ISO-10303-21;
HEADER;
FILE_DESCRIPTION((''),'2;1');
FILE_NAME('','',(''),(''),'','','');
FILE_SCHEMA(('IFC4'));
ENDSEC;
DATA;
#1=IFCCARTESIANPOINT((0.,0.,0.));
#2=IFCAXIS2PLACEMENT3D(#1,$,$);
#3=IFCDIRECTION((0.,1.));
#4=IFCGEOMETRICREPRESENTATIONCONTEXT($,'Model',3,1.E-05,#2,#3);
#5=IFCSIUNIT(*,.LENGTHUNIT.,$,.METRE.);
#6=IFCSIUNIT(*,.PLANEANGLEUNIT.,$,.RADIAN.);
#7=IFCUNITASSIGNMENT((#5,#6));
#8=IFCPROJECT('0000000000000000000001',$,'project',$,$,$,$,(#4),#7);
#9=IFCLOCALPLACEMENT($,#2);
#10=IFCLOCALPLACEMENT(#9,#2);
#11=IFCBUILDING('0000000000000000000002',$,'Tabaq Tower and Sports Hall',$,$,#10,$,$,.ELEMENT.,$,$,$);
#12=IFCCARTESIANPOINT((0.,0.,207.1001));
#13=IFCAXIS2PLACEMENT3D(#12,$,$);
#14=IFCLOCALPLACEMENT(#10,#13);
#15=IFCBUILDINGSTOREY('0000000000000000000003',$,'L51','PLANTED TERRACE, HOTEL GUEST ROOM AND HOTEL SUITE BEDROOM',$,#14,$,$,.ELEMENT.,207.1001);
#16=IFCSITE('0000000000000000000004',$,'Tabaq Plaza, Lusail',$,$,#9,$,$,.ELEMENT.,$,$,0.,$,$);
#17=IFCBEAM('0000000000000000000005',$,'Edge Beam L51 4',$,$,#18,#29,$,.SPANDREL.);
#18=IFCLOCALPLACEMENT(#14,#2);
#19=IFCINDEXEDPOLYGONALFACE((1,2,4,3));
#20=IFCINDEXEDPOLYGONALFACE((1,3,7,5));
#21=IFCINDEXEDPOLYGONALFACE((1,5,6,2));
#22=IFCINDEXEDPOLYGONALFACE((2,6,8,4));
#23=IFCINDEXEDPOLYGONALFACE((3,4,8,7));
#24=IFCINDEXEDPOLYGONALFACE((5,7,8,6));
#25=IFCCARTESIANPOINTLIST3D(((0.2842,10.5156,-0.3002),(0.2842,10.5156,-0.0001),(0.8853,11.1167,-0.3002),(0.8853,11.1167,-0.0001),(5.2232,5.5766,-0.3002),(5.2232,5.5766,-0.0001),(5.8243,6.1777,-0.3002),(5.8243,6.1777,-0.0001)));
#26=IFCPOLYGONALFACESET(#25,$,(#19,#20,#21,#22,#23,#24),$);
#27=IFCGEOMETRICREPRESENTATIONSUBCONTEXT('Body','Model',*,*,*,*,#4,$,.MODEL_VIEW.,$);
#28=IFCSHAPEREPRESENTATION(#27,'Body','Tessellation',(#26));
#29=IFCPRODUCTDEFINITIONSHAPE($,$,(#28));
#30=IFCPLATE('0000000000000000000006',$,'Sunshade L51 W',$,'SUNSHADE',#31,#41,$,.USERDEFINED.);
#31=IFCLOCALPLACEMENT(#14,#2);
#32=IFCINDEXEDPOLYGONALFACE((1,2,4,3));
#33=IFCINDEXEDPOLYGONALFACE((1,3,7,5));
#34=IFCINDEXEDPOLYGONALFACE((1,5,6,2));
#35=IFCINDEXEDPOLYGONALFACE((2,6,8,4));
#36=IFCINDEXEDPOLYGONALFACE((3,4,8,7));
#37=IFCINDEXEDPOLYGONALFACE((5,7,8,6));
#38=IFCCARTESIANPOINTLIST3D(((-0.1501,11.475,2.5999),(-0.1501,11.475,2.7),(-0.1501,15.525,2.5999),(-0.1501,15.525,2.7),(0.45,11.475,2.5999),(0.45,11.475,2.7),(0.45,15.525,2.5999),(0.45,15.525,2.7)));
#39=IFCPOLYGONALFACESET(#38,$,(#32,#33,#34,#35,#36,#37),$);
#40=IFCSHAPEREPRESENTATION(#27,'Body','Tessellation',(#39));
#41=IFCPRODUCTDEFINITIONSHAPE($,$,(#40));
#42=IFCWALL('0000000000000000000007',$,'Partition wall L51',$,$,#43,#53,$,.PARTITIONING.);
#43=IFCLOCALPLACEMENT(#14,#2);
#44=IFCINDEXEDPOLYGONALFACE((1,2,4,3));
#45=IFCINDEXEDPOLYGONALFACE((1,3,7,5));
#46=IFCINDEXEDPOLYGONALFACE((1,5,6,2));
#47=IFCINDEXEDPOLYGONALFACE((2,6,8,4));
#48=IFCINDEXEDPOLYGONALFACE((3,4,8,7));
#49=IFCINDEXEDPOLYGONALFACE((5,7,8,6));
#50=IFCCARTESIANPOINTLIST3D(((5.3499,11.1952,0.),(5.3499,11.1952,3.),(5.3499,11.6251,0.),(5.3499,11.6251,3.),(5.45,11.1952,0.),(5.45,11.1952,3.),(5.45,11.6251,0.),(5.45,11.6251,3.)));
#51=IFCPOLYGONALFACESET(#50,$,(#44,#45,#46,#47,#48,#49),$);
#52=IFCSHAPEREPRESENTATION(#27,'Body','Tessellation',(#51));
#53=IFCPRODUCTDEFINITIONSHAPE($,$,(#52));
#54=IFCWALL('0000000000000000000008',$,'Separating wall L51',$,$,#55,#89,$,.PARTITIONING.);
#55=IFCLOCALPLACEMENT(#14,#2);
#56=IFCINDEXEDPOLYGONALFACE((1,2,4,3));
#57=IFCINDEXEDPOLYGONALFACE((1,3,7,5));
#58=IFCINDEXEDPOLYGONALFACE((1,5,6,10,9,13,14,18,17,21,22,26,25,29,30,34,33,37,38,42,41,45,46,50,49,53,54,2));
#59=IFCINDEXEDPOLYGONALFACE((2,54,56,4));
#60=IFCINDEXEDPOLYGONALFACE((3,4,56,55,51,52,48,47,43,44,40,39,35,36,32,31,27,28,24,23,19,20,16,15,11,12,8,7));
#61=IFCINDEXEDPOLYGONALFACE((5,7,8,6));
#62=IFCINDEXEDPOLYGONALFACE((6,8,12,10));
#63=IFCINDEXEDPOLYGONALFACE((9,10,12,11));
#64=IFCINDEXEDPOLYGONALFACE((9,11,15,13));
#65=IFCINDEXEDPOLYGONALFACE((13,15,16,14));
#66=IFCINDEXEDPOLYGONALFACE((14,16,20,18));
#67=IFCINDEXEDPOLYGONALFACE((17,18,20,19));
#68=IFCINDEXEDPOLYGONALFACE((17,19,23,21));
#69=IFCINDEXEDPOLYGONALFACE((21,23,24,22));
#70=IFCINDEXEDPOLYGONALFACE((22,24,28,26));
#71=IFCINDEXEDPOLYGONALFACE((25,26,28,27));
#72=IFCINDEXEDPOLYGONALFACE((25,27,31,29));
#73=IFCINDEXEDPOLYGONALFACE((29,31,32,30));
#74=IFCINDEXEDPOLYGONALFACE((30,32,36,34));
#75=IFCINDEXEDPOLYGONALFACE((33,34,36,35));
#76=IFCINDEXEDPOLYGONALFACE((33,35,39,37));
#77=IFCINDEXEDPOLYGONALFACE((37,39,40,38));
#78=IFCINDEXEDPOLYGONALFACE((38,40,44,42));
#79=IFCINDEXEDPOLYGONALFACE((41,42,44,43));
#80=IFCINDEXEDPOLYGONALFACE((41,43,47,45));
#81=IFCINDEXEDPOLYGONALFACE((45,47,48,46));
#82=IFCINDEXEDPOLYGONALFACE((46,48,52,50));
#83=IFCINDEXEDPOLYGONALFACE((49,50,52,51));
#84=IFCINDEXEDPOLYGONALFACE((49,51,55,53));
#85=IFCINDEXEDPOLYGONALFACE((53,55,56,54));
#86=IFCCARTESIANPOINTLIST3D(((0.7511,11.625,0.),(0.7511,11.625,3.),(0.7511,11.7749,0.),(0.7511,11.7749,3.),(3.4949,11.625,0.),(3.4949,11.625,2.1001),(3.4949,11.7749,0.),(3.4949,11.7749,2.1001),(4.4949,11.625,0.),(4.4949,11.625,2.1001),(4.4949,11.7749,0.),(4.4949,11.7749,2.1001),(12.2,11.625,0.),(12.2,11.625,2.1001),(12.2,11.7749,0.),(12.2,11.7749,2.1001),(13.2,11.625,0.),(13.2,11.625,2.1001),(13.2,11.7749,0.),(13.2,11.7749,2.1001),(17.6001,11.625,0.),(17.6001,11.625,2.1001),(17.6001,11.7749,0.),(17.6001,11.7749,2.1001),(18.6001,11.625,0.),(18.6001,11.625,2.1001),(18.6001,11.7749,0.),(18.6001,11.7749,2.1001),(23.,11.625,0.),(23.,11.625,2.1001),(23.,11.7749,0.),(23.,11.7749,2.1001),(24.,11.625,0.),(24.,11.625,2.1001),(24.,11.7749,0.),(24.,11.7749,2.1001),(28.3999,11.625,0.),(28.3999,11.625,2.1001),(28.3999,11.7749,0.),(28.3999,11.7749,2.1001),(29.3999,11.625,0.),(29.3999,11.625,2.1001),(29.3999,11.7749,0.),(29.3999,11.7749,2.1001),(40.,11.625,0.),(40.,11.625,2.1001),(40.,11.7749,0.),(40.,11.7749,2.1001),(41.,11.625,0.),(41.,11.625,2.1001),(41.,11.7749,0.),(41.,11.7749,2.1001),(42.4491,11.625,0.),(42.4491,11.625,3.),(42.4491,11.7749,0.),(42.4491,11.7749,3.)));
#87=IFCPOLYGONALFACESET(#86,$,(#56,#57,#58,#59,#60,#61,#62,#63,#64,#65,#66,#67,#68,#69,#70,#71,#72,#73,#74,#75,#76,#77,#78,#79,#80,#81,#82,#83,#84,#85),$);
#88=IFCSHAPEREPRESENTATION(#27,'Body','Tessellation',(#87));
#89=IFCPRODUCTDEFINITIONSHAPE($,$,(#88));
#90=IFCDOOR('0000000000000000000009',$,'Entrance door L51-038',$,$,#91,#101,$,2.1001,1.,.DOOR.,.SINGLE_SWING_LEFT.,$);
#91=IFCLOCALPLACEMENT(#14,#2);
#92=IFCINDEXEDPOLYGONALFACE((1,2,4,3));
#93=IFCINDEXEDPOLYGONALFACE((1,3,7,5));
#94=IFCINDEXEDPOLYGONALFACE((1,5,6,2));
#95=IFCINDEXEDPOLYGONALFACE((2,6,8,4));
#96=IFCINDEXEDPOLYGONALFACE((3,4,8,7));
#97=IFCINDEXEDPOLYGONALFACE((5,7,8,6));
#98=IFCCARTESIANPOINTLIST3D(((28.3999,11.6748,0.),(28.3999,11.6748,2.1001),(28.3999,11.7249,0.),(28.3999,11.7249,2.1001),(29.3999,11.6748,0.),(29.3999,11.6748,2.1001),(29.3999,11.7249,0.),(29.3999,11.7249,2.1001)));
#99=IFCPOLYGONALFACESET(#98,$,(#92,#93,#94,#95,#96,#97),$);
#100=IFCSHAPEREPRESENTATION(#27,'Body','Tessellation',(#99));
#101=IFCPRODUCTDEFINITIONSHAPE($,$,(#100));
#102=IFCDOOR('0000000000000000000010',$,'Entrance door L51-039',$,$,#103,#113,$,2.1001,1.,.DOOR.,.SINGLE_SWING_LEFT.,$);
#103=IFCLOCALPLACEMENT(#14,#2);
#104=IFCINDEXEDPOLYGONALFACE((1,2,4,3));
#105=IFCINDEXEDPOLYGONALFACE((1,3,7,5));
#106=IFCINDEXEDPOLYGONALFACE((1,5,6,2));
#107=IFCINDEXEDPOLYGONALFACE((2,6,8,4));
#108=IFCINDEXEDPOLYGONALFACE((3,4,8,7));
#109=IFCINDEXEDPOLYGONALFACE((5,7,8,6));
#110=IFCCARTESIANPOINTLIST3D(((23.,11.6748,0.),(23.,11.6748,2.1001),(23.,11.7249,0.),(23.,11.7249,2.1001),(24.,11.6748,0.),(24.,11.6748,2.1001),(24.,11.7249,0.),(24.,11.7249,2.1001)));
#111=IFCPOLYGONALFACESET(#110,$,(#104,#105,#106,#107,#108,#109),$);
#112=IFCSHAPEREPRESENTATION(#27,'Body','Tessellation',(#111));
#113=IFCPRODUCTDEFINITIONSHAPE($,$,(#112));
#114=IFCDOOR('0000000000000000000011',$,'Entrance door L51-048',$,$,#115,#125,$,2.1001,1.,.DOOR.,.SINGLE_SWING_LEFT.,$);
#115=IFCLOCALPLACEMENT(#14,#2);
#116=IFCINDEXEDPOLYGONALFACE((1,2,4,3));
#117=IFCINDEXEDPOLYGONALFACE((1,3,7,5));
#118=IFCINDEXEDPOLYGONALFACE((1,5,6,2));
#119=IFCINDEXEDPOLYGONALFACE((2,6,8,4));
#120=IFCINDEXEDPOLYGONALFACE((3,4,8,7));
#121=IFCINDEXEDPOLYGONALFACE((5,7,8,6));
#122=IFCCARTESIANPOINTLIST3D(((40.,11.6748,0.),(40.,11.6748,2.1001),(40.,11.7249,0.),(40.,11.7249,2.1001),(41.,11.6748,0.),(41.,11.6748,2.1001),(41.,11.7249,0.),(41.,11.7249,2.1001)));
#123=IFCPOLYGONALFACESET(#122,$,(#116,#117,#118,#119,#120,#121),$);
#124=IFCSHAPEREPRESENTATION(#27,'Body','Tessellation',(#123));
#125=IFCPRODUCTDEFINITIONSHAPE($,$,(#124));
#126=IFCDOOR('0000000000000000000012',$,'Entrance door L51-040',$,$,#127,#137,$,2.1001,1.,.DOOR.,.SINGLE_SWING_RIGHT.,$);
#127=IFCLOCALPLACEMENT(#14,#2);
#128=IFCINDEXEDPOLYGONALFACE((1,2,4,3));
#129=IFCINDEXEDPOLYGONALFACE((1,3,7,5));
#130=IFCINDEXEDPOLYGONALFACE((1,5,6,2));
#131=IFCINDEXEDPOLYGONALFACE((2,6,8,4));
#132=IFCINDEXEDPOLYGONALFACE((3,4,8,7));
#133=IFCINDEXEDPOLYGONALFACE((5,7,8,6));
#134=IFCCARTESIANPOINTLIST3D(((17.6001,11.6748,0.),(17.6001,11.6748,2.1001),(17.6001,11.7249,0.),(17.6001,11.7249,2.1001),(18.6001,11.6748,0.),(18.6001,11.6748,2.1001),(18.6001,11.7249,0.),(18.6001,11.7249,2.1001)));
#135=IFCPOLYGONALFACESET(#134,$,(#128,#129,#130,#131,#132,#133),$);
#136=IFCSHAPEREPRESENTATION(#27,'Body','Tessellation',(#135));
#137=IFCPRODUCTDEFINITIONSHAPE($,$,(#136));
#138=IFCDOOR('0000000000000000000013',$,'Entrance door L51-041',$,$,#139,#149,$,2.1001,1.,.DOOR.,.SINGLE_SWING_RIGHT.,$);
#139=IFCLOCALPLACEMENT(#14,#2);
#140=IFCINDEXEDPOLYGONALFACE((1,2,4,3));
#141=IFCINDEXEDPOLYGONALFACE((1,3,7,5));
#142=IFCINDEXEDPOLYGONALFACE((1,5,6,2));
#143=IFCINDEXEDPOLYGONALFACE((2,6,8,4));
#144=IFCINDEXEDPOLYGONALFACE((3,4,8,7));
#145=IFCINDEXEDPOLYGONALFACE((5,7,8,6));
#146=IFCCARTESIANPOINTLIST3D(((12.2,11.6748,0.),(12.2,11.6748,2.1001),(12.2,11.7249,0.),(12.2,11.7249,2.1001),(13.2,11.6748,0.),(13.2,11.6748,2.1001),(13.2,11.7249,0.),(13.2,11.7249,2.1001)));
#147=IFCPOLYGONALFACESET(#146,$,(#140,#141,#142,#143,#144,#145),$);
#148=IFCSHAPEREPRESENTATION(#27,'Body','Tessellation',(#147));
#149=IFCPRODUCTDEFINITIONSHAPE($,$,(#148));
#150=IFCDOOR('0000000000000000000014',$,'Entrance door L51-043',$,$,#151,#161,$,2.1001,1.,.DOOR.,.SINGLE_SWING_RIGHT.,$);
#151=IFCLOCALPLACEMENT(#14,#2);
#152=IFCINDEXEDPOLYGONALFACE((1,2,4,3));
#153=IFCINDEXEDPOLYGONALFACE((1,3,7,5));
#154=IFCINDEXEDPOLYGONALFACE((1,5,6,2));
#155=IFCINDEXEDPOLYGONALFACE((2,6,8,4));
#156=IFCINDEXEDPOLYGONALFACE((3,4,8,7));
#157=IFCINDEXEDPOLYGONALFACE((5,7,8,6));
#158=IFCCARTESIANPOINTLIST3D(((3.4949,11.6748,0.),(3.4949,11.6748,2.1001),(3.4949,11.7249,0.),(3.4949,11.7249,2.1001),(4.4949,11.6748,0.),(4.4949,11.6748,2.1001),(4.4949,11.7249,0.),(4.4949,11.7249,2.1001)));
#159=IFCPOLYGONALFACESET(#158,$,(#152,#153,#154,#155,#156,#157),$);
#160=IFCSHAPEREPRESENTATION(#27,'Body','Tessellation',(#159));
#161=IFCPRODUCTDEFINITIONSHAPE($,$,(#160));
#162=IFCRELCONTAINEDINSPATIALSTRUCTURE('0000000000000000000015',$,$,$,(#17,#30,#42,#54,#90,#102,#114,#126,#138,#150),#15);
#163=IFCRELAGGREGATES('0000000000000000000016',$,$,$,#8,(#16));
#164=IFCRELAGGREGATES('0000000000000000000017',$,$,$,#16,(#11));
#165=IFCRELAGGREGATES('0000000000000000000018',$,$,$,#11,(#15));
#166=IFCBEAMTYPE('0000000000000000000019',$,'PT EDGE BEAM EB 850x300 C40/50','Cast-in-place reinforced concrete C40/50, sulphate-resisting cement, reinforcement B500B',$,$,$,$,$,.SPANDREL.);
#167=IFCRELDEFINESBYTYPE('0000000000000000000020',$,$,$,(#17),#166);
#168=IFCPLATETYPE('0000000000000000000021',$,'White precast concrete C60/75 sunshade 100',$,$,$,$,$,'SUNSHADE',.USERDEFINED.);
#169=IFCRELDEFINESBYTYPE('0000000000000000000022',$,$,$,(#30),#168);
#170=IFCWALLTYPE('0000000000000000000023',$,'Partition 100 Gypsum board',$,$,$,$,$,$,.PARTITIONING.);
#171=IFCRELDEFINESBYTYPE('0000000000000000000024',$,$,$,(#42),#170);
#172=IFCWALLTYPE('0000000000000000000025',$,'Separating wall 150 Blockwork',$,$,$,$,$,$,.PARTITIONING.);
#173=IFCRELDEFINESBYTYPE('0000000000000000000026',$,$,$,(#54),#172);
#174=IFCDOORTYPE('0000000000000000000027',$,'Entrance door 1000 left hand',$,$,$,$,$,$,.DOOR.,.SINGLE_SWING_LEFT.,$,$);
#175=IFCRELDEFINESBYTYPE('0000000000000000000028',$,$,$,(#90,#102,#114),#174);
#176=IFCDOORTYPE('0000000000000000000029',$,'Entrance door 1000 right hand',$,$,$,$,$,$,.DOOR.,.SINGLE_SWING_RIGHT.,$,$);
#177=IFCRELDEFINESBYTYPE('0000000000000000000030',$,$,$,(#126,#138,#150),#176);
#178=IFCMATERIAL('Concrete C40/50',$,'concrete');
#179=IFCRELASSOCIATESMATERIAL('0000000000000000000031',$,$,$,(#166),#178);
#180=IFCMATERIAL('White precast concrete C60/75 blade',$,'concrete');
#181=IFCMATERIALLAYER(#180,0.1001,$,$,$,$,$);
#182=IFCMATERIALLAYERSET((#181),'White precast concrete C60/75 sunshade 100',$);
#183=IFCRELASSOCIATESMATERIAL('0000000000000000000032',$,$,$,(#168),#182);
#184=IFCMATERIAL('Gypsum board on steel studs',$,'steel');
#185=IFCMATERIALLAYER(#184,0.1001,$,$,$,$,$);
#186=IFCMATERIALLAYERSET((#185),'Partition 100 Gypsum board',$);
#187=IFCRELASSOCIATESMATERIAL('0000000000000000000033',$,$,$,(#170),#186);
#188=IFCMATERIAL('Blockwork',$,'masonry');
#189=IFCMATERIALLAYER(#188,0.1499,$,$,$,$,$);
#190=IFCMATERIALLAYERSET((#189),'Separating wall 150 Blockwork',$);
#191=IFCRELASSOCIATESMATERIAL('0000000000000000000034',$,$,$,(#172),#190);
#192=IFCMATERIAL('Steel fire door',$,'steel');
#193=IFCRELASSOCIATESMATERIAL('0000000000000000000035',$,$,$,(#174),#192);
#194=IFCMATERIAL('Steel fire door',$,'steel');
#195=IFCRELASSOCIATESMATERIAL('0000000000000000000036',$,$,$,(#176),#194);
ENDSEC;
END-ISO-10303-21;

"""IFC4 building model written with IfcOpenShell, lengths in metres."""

from ifc_helpers import new_model, si_unit, direction, frame, frame_2d, origin, origin_2d, place, context, subcontext, project, spatial, rectangle, extrude, material, layer, layer_set, material_profile, profile_set, type_object, element, fill, save


model = new_model("IFC4")

# Units and contexts
model_context = context("Model", 3, precision=1e-05, world=origin(), true_north=direction((0.0, 1.0)))
body_context = subcontext(model_context, "Body", "Model", "MODEL_VIEW")
ifc_project = project(units=[si_unit("LENGTHUNIT", "METRE"), si_unit("PLANEANGLEUNIT", "RADIAN")], contexts=[model_context])

# Site, building, storey
site_placement = place(None, origin())
site = spatial("IfcSite", under=ifc_project, at=site_placement, Name="Tabaq Plaza, Lusail", CompositionType="ELEMENT", RefElevation=0.0)
building_placement = place(site_placement, origin())
building = spatial("IfcBuilding", under=site, at=building_placement, Name="Tabaq Tower and Sports Hall", CompositionType="ELEMENT")
storey_placement = place(building_placement, frame((0.0, 0.0, 207.1001)))
storey = spatial("IfcBuildingStorey", under=building, at=storey_placement, Name="L51", Description="PLANTED TERRACE, HOTEL GUEST ROOM AND HOTEL SUITE BEDROOM", CompositionType="ELEMENT", Elevation=207.1001)

# Beam
ifc_material_1 = material(Name="Concrete C40/50", Category="concrete")
ifc_material_profile = material_profile(ifc_material_1, rectangle(XDim=0.8501, YDim=0.3, at=origin_2d()), Name="EB 850x300")
ifc_profile_set = profile_set([ifc_material_profile], Name="Concrete C40/50")
beam_type = type_object("IfcBeamType", Name="PT EDGE BEAM EB 850x300 C40/50", Description="Cast-in-place reinforced concrete C40/50, sulphate-resisting cement, reinforcement B500B", PredefinedType="SPANDREL", material=ifc_profile_set)
beam_placement = place(storey_placement, frame((0.5847, 10.8162, -0.1501), z_axis=(0.707107, -0.707107, 0.0), x_axis=(0.707107, 0.707107, 0.0)))
element("IfcBeam", 1, at=beam_placement, inside=storey, type_object=beam_type, Name="Edge Beam L51 4", PredefinedType="SPANDREL", context=body_context, shape_type="SweptSolid", body=[
    extrude(rectangle(XDim=0.8501, YDim=0.3, at=origin_2d()), origin(), (0.0, 0.0, 1.0), 6.9849),
])

# Plate
ifc_material_2 = material(Name="White precast concrete C60/75 blade", Category="concrete")
ifc_layer_1 = layer(ifc_material_2, 0.1001)
ifc_layer_set_1 = layer_set([ifc_layer_1], Name="White precast concrete C60/75 sunshade 100")
plate_type = type_object("IfcPlateType", Name="White precast concrete C60/75 sunshade 100", ElementType="SUNSHADE", PredefinedType="USERDEFINED", material=ifc_layer_set_1)
plate_placement = place(storey_placement, frame((0.1499, 13.5, 2.5999), z_axis=(0.0, 0.0, 1.0), x_axis=(0.0, -1.0, 0.0)))
element("IfcPlate", 2, at=plate_placement, inside=storey, type_object=plate_type, Name="Sunshade L51 W", ObjectType="SUNSHADE", PredefinedType="USERDEFINED", context=body_context, shape_type="SweptSolid", body=[
    extrude(rectangle(XDim=4.05, YDim=0.6001, at=origin_2d()), origin(), (0.0, 0.0, 1.0), 0.1001),
])

# Wall
ifc_material_3 = material(Name="Gypsum board on steel studs", Category="steel")
ifc_layer_2 = layer(ifc_material_3, 0.1001)
ifc_layer_set_2 = layer_set([ifc_layer_2], Name="Partition 100 Gypsum board")
wall_type_1 = type_object("IfcWallType", Name="Partition 100 Gypsum board", PredefinedType="PARTITIONING", material=ifc_layer_set_2)
wall_1_placement = place(storey_placement, frame((5.3999, 11.625, 0.0), z_axis=(0.0, 0.0, 1.0), x_axis=(0.0, -1.0, 0.0)))
element("IfcWall", 3, at=wall_1_placement, inside=storey, type_object=wall_type_1, Name="Partition wall L51", PredefinedType="PARTITIONING", context=body_context, shape_type="SweptSolid", body=[
    extrude(rectangle(XDim=0.4299, YDim=0.1001, at=frame_2d((0.2148, 0.0))), origin(), (0.0, 0.0, 1.0), 3.0),
])

# Wall, openings, doors
ifc_material_4 = material(Name="Blockwork", Category="masonry")
ifc_layer_3 = layer(ifc_material_4, 0.1499)
ifc_layer_set_3 = layer_set([ifc_layer_3], Name="Separating wall 150 Blockwork")
wall_type_2 = type_object("IfcWallType", Name="Separating wall 150 Blockwork", PredefinedType="PARTITIONING", material=ifc_layer_set_3)
wall_2_placement = place(storey_placement, frame((0.751, 11.7, 0.0), z_axis=(0.0, 0.0, 1.0), x_axis=(1.0, 0.0, 0.0)))
wall_2 = element("IfcWall", 4, at=wall_2_placement, inside=storey, type_object=wall_type_2, Name="Separating wall L51", PredefinedType="PARTITIONING", context=body_context, shape_type="SweptSolid", body=[
    extrude(rectangle(XDim=41.698, YDim=0.1499, at=frame_2d((20.8491, 0.0))), origin(), (0.0, 0.0, 1.0), 3.0),
])
opening_1_placement = place(wall_2_placement, frame((27.6489, 0.0, 0.0)))
opening_1 = element("IfcOpeningElement", 5, at=opening_1_placement, cuts=wall_2, PredefinedType="OPENING", context=body_context, shape_type="SweptSolid", body=[
    extrude(rectangle(XDim=1.0, YDim=2.1001, at=frame_2d((0.5, 1.05))), frame((0.0, 0.075, 0.0), z_axis=(0.0, -1.0, 0.0), x_axis=(1.0, 0.0, 0.0)), (0.0, 0.0, 1.0), 0.1499),
])
opening_2_placement = place(wall_2_placement, frame((22.249, 0.0, 0.0)))
opening_2 = element("IfcOpeningElement", 6, at=opening_2_placement, cuts=wall_2, PredefinedType="OPENING", context=body_context, shape_type="SweptSolid", body=[
    extrude(rectangle(XDim=1.0, YDim=2.1001, at=frame_2d((0.5, 1.05))), frame((0.0, 0.075, 0.0), z_axis=(0.0, -1.0, 0.0), x_axis=(1.0, 0.0, 0.0)), (0.0, 0.0, 1.0), 0.1499),
])
opening_3_placement = place(wall_2_placement, frame((16.8491, 0.0, 0.0)))
opening_3 = element("IfcOpeningElement", 7, at=opening_3_placement, cuts=wall_2, PredefinedType="OPENING", context=body_context, shape_type="SweptSolid", body=[
    extrude(rectangle(XDim=1.0, YDim=2.1001, at=frame_2d((0.5, 1.05))), frame((0.0, 0.075, 0.0), z_axis=(0.0, -1.0, 0.0), x_axis=(1.0, 0.0, 0.0)), (0.0, 0.0, 1.0), 0.1499),
])
opening_4_placement = place(wall_2_placement, frame((11.449, 0.0, 0.0)))
opening_4 = element("IfcOpeningElement", 8, at=opening_4_placement, cuts=wall_2, PredefinedType="OPENING", context=body_context, shape_type="SweptSolid", body=[
    extrude(rectangle(XDim=1.0, YDim=2.1001, at=frame_2d((0.5, 1.05))), frame((0.0, 0.075, 0.0), z_axis=(0.0, -1.0, 0.0), x_axis=(1.0, 0.0, 0.0)), (0.0, 0.0, 1.0), 0.1499),
])
opening_5_placement = place(wall_2_placement, frame((2.7439, 0.0, 0.0)))
opening_5 = element("IfcOpeningElement", 9, at=opening_5_placement, cuts=wall_2, PredefinedType="OPENING", context=body_context, shape_type="SweptSolid", body=[
    extrude(rectangle(XDim=1.0, YDim=2.1001, at=frame_2d((0.5, 1.05))), frame((0.0, 0.075, 0.0), z_axis=(0.0, -1.0, 0.0), x_axis=(1.0, 0.0, 0.0)), (0.0, 0.0, 1.0), 0.1499),
])
opening_6_placement = place(wall_2_placement, frame((39.249, 0.0, 0.0)))
opening_6 = element("IfcOpeningElement", 10, at=opening_6_placement, cuts=wall_2, PredefinedType="OPENING", context=body_context, shape_type="SweptSolid", body=[
    extrude(rectangle(XDim=1.0, YDim=2.1001, at=frame_2d((0.5, 1.05))), frame((0.0, 0.075, 0.0), z_axis=(0.0, -1.0, 0.0), x_axis=(1.0, 0.0, 0.0)), (0.0, 0.0, 1.0), 0.1499),
])
ifc_material_5 = material(Name="Steel fire door", Category="steel")
door_type_1 = type_object("IfcDoorType", Name="Entrance door 1000 left hand", OperationType="SINGLE_SWING_LEFT", PredefinedType="DOOR", material=ifc_material_5)
door_1_placement = place(opening_1_placement, origin())
door_1 = element("IfcDoor", 11, at=door_1_placement, inside=storey, type_object=door_type_1, Name="Entrance door L51-038", OperationType="SINGLE_SWING_LEFT", OverallHeight=2.1001, OverallWidth=1.0, PredefinedType="DOOR", context=body_context, shape_type="SweptSolid", body=[
    extrude(rectangle(XDim=1.0, YDim=2.1001, at=frame_2d((0.5, 1.05))), frame((0.0, 0.0249, 0.0), z_axis=(0.0, -1.0, 0.0), x_axis=(1.0, 0.0, 0.0)), (0.0, 0.0, 1.0), 0.05),
])
fill(opening_1, door_1)
door_2_placement = place(opening_2_placement, origin())
door_2 = element("IfcDoor", 12, at=door_2_placement, inside=storey, type_object=door_type_1, Name="Entrance door L51-039", OperationType="SINGLE_SWING_LEFT", OverallHeight=2.1001, OverallWidth=1.0, PredefinedType="DOOR", context=body_context, shape_type="SweptSolid", body=[
    extrude(rectangle(XDim=1.0, YDim=2.1001, at=frame_2d((0.5, 1.05))), frame((0.0, 0.0249, 0.0), z_axis=(0.0, -1.0, 0.0), x_axis=(1.0, 0.0, 0.0)), (0.0, 0.0, 1.0), 0.05),
])
fill(opening_2, door_2)
door_3_placement = place(opening_6_placement, origin())
door_3 = element("IfcDoor", 13, at=door_3_placement, inside=storey, type_object=door_type_1, Name="Entrance door L51-048", OperationType="SINGLE_SWING_LEFT", OverallHeight=2.1001, OverallWidth=1.0, PredefinedType="DOOR", context=body_context, shape_type="SweptSolid", body=[
    extrude(rectangle(XDim=1.0, YDim=2.1001, at=frame_2d((0.5, 1.05))), frame((0.0, 0.0249, 0.0), z_axis=(0.0, -1.0, 0.0), x_axis=(1.0, 0.0, 0.0)), (0.0, 0.0, 1.0), 0.05),
])
fill(opening_6, door_3)
ifc_material_6 = material(Name="Steel fire door", Category="steel")
door_type_2 = type_object("IfcDoorType", Name="Entrance door 1000 right hand", OperationType="SINGLE_SWING_RIGHT", PredefinedType="DOOR", material=ifc_material_6)
door_4_placement = place(opening_3_placement, origin())
door_4 = element("IfcDoor", 14, at=door_4_placement, inside=storey, type_object=door_type_2, Name="Entrance door L51-040", OperationType="SINGLE_SWING_RIGHT", OverallHeight=2.1001, OverallWidth=1.0, PredefinedType="DOOR", context=body_context, shape_type="SweptSolid", body=[
    extrude(rectangle(XDim=1.0, YDim=2.1001, at=frame_2d((0.5, 1.05))), frame((0.0, 0.0249, 0.0), z_axis=(0.0, -1.0, 0.0), x_axis=(1.0, 0.0, 0.0)), (0.0, 0.0, 1.0), 0.05),
])
fill(opening_3, door_4)
door_5_placement = place(opening_4_placement, origin())
door_5 = element("IfcDoor", 15, at=door_5_placement, inside=storey, type_object=door_type_2, Name="Entrance door L51-041", OperationType="SINGLE_SWING_RIGHT", OverallHeight=2.1001, OverallWidth=1.0, PredefinedType="DOOR", context=body_context, shape_type="SweptSolid", body=[
    extrude(rectangle(XDim=1.0, YDim=2.1001, at=frame_2d((0.5, 1.05))), frame((0.0, 0.0249, 0.0), z_axis=(0.0, -1.0, 0.0), x_axis=(1.0, 0.0, 0.0)), (0.0, 0.0, 1.0), 0.05),
])
fill(opening_4, door_5)
door_6_placement = place(opening_5_placement, origin())
door_6 = element("IfcDoor", 16, at=door_6_placement, inside=storey, type_object=door_type_2, Name="Entrance door L51-043", OperationType="SINGLE_SWING_RIGHT", OverallHeight=2.1001, OverallWidth=1.0, PredefinedType="DOOR", context=body_context, shape_type="SweptSolid", body=[
    extrude(rectangle(XDim=1.0, YDim=2.1001, at=frame_2d((0.5, 1.05))), frame((0.0, 0.0249, 0.0), z_axis=(0.0, -1.0, 0.0), x_axis=(1.0, 0.0, 0.0)), (0.0, 0.0, 1.0), 0.05),
])
fill(opening_5, door_6)

save(model, "model.ifc")
